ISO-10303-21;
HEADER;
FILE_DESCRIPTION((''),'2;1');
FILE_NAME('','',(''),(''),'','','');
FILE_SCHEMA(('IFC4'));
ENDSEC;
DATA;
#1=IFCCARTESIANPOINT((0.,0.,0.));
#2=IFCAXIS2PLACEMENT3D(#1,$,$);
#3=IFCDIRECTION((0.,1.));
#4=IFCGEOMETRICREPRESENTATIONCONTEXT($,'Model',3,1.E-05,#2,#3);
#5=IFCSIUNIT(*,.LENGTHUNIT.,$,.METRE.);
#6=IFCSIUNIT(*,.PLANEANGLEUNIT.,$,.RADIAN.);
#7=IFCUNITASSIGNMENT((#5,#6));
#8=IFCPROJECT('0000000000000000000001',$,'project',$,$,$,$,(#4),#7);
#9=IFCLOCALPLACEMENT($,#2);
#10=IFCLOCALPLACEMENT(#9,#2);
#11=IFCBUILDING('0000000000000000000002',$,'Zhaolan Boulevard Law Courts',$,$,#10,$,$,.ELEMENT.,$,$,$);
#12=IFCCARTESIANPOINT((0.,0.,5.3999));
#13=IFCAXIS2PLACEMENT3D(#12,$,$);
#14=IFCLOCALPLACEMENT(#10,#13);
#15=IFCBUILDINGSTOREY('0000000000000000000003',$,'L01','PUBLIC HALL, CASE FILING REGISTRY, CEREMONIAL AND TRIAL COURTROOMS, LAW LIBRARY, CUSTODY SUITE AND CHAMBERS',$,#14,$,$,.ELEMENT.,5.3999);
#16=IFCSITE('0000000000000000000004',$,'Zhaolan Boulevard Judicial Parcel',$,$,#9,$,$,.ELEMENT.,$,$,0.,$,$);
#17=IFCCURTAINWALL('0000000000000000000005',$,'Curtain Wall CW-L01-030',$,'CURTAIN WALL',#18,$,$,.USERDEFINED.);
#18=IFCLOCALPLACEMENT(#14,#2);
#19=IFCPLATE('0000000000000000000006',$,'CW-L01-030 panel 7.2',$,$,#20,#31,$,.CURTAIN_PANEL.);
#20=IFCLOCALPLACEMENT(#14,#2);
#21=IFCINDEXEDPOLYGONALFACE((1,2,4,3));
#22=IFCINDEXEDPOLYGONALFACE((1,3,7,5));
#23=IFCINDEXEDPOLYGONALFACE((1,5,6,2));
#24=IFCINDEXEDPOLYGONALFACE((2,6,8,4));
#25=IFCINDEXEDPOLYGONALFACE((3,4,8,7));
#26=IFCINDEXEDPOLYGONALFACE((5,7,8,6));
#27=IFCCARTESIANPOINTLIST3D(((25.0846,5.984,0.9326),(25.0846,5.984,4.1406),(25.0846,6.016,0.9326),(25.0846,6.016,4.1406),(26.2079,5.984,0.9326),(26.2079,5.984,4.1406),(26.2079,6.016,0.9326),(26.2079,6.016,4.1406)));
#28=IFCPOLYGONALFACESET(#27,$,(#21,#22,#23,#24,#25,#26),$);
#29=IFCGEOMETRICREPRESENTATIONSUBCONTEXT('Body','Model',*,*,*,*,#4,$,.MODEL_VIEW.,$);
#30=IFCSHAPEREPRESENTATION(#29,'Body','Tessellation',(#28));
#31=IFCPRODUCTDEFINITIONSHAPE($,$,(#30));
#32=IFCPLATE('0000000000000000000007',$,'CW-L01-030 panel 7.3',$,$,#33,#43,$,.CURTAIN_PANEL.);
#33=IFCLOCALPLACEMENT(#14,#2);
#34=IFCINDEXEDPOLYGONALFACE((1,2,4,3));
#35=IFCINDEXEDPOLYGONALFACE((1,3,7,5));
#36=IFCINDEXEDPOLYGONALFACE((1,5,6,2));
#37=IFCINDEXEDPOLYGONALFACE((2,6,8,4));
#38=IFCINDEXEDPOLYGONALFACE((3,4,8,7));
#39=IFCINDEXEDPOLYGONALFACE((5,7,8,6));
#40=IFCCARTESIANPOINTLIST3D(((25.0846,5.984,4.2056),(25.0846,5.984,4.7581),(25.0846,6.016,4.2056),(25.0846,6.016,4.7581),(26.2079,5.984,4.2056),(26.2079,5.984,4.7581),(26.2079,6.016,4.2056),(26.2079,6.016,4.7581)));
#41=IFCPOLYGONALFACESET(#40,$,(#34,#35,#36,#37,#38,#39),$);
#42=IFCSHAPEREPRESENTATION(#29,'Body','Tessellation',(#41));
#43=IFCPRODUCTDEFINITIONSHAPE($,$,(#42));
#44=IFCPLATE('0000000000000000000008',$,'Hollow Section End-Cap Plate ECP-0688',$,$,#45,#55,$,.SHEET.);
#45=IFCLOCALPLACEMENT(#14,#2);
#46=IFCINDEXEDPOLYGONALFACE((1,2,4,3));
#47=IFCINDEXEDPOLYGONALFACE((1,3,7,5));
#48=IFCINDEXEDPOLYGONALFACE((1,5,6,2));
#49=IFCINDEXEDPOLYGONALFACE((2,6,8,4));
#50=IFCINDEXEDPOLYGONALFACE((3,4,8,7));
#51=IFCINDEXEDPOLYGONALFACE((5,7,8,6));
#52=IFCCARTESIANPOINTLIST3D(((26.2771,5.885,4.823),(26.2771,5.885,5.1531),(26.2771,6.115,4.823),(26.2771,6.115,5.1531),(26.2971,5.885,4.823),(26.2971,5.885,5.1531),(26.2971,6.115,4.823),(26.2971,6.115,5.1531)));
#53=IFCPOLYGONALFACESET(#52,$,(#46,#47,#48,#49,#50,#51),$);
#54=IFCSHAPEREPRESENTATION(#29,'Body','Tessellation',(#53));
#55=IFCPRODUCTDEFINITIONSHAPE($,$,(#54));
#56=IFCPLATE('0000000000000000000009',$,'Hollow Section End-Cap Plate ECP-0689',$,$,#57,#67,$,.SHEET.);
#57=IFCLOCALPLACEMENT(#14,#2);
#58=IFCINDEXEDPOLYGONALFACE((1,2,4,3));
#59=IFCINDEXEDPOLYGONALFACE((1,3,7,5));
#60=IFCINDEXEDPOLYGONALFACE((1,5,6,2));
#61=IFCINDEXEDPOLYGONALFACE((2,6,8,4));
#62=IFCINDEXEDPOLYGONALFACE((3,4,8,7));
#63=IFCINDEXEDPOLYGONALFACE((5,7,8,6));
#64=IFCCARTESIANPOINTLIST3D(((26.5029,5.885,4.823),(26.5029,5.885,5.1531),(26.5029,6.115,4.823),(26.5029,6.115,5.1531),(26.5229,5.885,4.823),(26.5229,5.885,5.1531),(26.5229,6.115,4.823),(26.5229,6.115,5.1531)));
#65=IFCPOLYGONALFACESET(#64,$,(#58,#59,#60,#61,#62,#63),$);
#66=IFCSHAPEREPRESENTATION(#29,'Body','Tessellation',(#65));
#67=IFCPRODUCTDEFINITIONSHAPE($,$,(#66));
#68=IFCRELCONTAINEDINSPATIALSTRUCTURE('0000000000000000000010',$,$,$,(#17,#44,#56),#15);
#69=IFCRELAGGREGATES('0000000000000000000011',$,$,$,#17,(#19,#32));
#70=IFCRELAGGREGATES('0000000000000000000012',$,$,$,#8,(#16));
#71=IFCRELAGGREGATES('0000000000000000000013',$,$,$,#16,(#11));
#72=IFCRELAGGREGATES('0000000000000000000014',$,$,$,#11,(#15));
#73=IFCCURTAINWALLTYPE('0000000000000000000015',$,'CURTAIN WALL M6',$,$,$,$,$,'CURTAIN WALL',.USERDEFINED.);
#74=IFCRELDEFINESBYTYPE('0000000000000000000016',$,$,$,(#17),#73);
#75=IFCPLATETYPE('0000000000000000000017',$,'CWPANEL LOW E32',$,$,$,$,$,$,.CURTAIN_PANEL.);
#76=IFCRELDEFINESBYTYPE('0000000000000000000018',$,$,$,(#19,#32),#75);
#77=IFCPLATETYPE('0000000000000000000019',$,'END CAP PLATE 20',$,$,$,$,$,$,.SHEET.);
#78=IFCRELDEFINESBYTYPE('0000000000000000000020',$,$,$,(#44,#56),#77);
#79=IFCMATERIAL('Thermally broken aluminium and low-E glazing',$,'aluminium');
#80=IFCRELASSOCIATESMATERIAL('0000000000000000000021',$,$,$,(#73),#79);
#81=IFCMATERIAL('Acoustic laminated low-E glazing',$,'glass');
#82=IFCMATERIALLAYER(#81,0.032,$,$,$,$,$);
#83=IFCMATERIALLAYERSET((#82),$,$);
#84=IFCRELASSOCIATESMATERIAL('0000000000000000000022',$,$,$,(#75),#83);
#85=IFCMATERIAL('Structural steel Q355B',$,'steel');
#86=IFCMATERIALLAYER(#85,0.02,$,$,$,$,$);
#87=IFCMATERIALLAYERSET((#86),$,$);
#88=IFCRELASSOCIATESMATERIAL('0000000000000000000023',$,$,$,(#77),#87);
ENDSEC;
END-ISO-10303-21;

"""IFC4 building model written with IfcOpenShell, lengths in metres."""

from ifc_helpers import new_model, si_unit, direction, frame, origin, origin_2d, place, context, subcontext, project, spatial, rectangle, extrude, material, layer, layer_set, type_object, element, aggregate, save


model = new_model("IFC4")

# Units and contexts
model_context = context("Model", 3, precision=1e-05, world=origin(), true_north=direction((0.0, 1.0)))
body_context = subcontext(model_context, "Body", "Model", "MODEL_VIEW")
ifc_project = project(units=[si_unit("LENGTHUNIT", "METRE"), si_unit("PLANEANGLEUNIT", "RADIAN")], contexts=[model_context])

# Site, building, storey
site_placement = place(None, origin())
site = spatial("IfcSite", under=ifc_project, at=site_placement, Name="Zhaolan Boulevard Judicial Parcel", CompositionType="ELEMENT", RefElevation=0.0)
building_placement = place(site_placement, origin())
building = spatial("IfcBuilding", under=site, at=building_placement, Name="Zhaolan Boulevard Law Courts", CompositionType="ELEMENT")
storey_placement = place(building_placement, frame((0.0, 0.0, 5.3999)))
storey = spatial("IfcBuildingStorey", under=building, at=storey_placement, Name="L01", Description="PUBLIC HALL, CASE FILING REGISTRY, CEREMONIAL AND TRIAL COURTROOMS, LAW LIBRARY, CUSTODY SUITE AND CHAMBERS", CompositionType="ELEMENT", Elevation=5.3999)

# Curtain wall
ifc_material_1 = material(Name="Thermally broken aluminium and low-E glazing", Category="aluminium")
curtain_wall_type_1 = type_object("IfcCurtainWallType", Name="CURTAIN WALL M6", ElementType="CURTAIN WALL", PredefinedType="USERDEFINED", material=ifc_material_1)
curtain_wall_1_placement = place(storey_placement, origin())
curtain_wall_1 = element("IfcCurtainWall", 1, at=curtain_wall_1_placement, inside=storey, type_object=curtain_wall_type_1, Name="Curtain Wall CW-L01-030", ObjectType="CURTAIN WALL", PredefinedType="USERDEFINED")

# Plates
ifc_material_2 = material(Name="Acoustic laminated low-E glazing", Category="glass")
ifc_layer_1 = layer(ifc_material_2, 0.032)
ifc_layer_set_1 = layer_set([ifc_layer_1])
plate_type_1 = type_object("IfcPlateType", Name="CWPANEL LOW E32", PredefinedType="CURTAIN_PANEL", material=ifc_layer_set_1)
plate_1_placement = place(storey_placement, frame((25.6462, 6.0, 0.9326), z_axis=(0.0, 0.0, 1.0), x_axis=(1.0, 0.0, 0.0)))
plate_1 = element("IfcPlate", 2, at=plate_1_placement, type_object=plate_type_1, Name="CW-L01-030 panel 7.2", PredefinedType="CURTAIN_PANEL", context=body_context, shape_type="SweptSolid", body=[
    extrude(rectangle(XDim=1.1233, YDim=0.032, at=origin_2d()), origin(), (0.0, 0.0, 1.0), 3.208),
])
plate_2_placement = place(storey_placement, frame((25.6462, 6.0, 4.2056), z_axis=(0.0, 0.0, 1.0), x_axis=(1.0, 0.0, 0.0)))
plate_2 = element("IfcPlate", 3, at=plate_2_placement, type_object=plate_type_1, Name="CW-L01-030 panel 7.3", PredefinedType="CURTAIN_PANEL", context=body_context, shape_type="SweptSolid", body=[
    extrude(rectangle(XDim=1.1233, YDim=0.032, at=origin_2d()), origin(), (0.0, 0.0, 1.0), 0.5525),
])
aggregate(curtain_wall_1, [plate_1, plate_2])

# Plates
ifc_material_3 = material(Name="Structural steel Q355B", Category="steel")
ifc_layer_2 = layer(ifc_material_3, 0.02)
ifc_layer_set_2 = layer_set([ifc_layer_2])
plate_type_2 = type_object("IfcPlateType", Name="END CAP PLATE 20", PredefinedType="SHEET", material=ifc_layer_set_2)
for number, where, z_axis, x_axis, name in (
    (4, (26.2871, 6.0, 4.823), (0.0, 0.0, 1.0), (1.0, 0.0, 0.0), "Hollow Section End-Cap Plate ECP-0688"),
    (5, (26.5129, 6.0, 4.823), (0.0, 0.0, 1.0), (1.0, 0.0, 0.0), "Hollow Section End-Cap Plate ECP-0689"),
):
    element("IfcPlate", number, at=place(storey_placement, frame(where, z_axis=z_axis, x_axis=x_axis)), inside=storey, type_object=plate_type_2, Name=name, PredefinedType="SHEET", context=body_context, shape_type="SweptSolid", body=[
        extrude(rectangle(XDim=0.02, YDim=0.23, at=origin_2d()), origin(), (0.0, 0.0, 1.0), 0.3301),
    ])

save(model, "model.ifc")
